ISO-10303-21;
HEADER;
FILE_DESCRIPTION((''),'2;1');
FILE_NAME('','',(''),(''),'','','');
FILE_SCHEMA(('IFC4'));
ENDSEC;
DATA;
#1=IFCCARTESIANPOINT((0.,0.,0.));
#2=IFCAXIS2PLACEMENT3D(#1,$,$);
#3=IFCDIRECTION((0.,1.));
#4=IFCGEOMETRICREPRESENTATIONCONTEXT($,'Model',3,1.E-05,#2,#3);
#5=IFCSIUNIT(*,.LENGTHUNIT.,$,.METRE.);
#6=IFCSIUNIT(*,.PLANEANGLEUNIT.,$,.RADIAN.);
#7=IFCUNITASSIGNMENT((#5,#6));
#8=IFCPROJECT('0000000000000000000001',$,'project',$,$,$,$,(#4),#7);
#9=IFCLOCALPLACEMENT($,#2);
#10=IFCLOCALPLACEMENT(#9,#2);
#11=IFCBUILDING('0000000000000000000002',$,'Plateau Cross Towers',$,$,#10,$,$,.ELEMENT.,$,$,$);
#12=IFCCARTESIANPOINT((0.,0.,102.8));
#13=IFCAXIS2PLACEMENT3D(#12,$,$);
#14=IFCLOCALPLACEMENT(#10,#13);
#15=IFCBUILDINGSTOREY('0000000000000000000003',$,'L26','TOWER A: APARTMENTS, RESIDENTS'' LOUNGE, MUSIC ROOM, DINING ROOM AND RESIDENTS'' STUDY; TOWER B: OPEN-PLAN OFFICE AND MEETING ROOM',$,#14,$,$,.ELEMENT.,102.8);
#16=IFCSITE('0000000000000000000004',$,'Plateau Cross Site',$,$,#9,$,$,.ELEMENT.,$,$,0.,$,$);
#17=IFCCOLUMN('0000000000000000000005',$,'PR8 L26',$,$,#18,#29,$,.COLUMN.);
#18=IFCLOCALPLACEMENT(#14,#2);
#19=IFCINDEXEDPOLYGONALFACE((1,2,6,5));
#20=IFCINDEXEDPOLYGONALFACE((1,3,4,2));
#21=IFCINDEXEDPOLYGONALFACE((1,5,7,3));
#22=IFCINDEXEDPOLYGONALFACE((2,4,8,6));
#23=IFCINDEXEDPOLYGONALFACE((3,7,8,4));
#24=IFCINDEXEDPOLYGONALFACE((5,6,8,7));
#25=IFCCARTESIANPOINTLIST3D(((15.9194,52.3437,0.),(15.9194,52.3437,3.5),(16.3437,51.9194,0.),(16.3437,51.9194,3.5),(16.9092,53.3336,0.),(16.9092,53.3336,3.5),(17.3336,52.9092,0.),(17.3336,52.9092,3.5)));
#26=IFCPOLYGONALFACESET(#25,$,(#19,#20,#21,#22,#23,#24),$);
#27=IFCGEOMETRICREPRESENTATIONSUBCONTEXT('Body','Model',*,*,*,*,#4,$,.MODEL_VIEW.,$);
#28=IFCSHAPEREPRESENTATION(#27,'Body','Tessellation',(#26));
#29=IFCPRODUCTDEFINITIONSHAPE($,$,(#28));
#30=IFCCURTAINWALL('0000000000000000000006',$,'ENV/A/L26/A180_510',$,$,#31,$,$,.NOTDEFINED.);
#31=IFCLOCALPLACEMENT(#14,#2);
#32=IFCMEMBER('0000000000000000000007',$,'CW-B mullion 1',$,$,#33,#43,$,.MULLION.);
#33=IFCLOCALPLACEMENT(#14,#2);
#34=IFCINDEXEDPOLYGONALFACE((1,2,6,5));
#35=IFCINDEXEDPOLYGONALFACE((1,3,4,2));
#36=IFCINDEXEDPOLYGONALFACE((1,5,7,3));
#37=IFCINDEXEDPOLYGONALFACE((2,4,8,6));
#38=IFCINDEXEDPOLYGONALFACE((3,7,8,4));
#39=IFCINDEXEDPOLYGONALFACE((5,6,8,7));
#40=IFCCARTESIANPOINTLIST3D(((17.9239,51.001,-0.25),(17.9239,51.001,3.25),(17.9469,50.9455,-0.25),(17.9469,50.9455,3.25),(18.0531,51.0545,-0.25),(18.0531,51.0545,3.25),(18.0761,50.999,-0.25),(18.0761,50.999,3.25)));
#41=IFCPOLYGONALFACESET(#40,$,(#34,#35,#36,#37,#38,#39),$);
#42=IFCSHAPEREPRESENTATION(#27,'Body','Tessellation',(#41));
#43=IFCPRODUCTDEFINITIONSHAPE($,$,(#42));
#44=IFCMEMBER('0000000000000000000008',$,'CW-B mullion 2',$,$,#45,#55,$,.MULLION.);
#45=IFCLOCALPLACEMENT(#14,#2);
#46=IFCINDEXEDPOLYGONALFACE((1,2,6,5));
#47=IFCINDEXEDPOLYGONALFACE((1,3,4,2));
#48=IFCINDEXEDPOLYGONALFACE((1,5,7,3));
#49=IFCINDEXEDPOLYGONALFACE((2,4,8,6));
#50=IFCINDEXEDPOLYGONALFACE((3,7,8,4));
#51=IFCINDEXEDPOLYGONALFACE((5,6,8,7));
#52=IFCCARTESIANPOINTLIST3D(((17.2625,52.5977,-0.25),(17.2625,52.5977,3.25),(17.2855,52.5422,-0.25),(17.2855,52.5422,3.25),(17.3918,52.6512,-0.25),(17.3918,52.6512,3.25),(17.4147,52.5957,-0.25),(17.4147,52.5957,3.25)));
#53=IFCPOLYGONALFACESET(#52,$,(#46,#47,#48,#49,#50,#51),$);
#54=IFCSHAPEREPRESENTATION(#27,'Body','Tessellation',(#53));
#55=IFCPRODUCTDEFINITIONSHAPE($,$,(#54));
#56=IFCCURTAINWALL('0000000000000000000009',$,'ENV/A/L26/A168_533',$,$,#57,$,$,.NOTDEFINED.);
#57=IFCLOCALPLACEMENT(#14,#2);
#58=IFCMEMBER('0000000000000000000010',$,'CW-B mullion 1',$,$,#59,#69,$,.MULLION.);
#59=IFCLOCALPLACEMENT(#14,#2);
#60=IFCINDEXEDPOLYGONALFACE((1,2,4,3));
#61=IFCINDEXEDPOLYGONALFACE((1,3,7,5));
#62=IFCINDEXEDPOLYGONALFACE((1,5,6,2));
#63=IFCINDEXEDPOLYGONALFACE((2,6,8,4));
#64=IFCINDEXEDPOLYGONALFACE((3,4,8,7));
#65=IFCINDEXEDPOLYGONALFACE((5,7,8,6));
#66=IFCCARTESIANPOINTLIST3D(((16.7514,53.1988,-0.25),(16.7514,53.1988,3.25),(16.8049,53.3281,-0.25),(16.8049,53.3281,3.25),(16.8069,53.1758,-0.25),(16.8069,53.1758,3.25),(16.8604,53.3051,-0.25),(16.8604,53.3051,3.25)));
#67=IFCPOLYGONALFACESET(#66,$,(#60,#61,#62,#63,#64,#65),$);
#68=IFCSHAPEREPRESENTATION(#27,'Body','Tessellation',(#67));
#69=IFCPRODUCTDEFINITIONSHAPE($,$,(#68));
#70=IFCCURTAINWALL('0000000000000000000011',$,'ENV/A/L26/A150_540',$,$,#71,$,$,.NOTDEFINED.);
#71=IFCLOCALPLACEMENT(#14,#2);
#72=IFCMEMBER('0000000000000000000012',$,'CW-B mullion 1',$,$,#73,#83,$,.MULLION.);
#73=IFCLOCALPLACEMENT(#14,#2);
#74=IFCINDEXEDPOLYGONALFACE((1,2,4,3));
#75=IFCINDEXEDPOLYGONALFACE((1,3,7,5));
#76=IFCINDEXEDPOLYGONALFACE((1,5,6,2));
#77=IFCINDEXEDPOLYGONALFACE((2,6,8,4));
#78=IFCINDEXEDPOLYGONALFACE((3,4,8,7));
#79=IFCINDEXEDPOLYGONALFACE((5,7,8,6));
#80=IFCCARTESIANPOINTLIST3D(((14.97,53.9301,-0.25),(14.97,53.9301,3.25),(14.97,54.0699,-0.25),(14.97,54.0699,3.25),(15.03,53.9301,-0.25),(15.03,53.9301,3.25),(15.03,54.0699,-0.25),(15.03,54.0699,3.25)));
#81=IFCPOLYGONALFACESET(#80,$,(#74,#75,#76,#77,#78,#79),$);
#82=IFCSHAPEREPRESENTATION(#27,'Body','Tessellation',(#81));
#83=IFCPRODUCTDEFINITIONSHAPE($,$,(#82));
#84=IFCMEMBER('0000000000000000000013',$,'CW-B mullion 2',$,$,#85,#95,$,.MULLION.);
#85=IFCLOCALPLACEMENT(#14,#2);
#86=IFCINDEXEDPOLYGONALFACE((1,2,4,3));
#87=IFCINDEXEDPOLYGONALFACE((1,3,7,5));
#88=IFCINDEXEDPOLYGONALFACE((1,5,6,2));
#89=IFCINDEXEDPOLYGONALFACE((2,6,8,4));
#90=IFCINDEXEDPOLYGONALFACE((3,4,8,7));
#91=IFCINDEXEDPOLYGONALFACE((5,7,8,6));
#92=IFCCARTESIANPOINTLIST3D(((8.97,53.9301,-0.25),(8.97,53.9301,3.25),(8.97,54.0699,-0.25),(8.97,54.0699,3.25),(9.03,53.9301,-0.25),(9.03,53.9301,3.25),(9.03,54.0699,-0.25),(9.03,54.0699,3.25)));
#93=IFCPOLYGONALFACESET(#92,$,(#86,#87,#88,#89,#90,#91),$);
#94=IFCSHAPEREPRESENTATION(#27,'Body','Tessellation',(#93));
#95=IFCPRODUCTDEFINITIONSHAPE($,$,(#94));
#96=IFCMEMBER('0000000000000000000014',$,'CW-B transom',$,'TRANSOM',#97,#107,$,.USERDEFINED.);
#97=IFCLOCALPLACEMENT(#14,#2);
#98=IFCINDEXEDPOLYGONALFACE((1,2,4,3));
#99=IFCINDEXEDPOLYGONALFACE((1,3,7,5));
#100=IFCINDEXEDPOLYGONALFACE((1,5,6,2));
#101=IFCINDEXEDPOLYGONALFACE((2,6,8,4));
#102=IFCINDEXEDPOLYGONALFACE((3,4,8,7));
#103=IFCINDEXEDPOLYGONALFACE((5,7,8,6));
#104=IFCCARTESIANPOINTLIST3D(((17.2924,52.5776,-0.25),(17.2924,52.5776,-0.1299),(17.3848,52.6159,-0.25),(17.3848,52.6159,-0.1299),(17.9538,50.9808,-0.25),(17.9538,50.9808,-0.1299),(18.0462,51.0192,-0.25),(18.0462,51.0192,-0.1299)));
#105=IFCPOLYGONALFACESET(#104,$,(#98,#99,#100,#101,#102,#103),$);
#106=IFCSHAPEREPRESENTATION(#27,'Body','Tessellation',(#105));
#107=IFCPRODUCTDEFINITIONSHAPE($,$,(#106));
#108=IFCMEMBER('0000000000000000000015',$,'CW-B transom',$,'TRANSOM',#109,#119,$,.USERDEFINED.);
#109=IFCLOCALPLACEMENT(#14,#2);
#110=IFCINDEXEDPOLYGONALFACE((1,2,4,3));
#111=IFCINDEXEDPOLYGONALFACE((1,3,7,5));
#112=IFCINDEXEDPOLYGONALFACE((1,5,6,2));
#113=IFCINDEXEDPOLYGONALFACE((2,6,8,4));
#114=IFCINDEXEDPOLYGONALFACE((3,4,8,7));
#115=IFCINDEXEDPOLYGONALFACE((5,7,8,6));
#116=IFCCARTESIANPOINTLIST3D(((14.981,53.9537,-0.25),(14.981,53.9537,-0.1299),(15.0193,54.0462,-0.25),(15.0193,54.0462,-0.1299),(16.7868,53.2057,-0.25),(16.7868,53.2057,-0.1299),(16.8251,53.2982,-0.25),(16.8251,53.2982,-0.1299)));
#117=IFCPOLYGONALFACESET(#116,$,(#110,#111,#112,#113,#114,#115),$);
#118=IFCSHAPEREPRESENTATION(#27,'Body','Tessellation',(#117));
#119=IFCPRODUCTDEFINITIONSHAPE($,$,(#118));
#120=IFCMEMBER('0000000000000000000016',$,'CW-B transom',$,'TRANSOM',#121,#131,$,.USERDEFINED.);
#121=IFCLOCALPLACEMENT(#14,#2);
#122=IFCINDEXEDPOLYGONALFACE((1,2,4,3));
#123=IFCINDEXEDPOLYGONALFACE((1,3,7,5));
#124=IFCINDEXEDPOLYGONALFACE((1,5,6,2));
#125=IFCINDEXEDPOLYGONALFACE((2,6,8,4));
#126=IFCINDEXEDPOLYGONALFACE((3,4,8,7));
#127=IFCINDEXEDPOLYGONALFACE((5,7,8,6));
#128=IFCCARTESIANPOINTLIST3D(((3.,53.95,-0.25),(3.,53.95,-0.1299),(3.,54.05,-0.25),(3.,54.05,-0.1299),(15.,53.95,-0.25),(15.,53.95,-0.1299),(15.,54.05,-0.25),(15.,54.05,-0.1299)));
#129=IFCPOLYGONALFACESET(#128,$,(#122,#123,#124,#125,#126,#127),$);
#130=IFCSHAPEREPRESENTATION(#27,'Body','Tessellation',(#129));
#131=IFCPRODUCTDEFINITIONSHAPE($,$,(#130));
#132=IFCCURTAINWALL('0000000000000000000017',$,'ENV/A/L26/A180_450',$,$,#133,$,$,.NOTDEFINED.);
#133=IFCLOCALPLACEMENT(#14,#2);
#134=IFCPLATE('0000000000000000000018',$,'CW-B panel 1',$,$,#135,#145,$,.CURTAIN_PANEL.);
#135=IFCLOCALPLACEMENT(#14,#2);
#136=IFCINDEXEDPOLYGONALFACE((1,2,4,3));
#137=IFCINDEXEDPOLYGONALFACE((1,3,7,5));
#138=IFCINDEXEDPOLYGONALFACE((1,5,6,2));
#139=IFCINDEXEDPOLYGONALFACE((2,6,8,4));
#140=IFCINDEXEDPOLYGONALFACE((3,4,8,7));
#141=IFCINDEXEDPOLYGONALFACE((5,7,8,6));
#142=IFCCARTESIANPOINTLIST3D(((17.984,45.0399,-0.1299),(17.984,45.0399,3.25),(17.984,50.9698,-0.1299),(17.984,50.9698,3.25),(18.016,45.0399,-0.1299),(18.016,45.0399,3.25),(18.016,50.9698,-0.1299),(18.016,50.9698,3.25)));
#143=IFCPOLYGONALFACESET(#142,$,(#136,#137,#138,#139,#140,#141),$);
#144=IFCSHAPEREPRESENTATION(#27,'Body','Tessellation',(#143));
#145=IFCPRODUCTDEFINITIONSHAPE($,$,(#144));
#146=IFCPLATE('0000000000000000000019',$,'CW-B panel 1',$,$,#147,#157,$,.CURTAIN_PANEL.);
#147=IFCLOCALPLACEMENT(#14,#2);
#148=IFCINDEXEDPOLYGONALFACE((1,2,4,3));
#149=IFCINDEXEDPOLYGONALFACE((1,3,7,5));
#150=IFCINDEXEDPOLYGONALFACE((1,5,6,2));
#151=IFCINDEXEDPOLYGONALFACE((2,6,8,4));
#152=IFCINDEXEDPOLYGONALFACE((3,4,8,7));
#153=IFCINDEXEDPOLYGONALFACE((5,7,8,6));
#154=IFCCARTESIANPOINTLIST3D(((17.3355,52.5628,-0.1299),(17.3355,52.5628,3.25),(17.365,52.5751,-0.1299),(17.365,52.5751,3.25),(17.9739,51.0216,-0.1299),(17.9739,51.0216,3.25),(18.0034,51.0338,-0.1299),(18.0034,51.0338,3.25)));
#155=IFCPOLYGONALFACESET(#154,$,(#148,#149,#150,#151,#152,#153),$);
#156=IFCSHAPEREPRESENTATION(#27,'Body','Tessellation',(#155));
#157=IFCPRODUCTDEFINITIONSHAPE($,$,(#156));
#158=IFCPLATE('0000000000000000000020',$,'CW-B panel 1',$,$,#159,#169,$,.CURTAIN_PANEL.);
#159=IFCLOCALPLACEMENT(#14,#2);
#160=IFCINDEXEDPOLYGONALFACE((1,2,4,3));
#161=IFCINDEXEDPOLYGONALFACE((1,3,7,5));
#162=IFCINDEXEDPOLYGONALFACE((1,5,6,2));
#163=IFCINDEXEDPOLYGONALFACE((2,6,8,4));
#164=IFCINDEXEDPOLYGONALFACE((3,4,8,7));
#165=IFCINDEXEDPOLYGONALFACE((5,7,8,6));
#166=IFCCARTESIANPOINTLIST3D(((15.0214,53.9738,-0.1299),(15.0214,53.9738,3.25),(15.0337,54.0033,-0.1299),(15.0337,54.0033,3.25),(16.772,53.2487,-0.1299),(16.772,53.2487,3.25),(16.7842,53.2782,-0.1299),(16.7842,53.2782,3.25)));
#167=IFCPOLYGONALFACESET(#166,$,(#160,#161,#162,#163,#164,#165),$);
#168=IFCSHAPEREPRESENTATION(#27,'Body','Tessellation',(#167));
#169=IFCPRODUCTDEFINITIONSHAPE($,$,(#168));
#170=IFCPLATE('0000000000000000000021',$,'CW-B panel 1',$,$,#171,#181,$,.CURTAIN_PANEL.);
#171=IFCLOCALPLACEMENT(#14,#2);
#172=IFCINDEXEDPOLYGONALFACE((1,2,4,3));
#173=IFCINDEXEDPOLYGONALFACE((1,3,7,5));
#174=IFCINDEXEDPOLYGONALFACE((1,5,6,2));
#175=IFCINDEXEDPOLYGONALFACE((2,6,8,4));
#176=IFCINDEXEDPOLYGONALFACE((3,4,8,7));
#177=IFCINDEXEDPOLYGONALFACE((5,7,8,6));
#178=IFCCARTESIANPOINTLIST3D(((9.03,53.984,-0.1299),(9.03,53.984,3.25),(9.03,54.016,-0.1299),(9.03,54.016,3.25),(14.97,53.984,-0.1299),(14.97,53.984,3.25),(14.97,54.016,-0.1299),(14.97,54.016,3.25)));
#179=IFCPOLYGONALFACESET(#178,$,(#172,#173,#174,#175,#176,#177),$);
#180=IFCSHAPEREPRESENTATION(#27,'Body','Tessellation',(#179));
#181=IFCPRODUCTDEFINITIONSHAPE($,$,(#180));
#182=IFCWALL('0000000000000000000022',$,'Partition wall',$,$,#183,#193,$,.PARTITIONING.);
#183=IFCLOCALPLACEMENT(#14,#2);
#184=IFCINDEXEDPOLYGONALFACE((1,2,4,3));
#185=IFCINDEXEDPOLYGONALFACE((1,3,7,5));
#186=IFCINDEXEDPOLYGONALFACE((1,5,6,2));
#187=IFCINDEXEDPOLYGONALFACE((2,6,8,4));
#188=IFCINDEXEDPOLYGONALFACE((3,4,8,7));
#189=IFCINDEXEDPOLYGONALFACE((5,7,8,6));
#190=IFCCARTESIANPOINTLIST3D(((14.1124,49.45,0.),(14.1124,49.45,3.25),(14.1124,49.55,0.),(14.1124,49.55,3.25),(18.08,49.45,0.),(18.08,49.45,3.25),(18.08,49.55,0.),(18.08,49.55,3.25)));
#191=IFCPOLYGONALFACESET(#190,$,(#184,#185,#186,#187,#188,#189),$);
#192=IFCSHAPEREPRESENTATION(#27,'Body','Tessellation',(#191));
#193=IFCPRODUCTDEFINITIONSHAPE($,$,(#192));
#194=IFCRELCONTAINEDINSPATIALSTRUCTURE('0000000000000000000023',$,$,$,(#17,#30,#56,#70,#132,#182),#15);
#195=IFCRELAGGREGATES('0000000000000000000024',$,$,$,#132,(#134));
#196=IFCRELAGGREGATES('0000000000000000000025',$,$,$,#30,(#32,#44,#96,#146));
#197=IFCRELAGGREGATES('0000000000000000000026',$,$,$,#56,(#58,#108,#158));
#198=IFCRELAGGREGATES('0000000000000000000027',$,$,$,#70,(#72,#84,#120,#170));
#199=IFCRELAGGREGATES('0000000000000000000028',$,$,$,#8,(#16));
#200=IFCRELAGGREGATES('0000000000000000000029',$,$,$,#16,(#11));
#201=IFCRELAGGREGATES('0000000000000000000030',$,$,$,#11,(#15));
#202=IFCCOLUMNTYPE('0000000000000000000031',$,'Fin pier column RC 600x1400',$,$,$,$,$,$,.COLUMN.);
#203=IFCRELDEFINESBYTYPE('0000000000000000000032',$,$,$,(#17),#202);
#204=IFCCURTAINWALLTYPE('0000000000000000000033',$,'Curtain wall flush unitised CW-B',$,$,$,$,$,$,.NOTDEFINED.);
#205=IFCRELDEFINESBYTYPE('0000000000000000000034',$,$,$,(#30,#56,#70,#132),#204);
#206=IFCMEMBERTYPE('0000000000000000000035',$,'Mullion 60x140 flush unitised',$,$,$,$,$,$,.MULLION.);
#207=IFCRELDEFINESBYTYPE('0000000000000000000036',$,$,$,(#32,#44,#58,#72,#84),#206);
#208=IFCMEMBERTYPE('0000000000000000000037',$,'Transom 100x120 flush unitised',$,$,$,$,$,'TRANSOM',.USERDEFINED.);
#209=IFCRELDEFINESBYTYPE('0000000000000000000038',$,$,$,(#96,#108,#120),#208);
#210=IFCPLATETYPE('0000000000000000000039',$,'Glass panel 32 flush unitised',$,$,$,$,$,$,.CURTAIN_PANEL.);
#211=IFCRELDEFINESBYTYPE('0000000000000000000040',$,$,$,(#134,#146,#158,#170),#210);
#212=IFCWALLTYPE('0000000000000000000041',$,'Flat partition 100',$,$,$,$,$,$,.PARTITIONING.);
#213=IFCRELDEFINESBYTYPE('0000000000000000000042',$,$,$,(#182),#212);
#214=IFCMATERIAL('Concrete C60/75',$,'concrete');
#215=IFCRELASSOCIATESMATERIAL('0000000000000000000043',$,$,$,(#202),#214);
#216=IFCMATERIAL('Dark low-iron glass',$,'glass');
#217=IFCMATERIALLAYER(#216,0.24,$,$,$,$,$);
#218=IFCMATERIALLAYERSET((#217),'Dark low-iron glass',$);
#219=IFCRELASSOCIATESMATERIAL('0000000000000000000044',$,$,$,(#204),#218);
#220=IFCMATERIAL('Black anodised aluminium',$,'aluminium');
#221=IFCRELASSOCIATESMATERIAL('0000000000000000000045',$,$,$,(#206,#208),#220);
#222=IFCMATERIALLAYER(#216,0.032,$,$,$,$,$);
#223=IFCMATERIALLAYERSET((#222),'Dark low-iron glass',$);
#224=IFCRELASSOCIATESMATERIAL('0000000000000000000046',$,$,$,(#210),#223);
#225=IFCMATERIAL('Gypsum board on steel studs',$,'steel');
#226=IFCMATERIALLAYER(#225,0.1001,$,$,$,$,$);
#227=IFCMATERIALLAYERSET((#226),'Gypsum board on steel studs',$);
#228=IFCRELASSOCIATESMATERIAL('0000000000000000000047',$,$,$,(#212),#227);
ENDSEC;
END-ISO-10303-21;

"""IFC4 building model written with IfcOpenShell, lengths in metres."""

from ifc_helpers import new_model, si_unit, direction, frame, frame_2d, origin, origin_2d, place, context, subcontext, project, spatial, rectangle, extrude, material, layer, layer_set, material_profile, profile_set, type_object, element, aggregate, save


model = new_model("IFC4")

# Units and contexts
model_context = context("Model", 3, precision=1e-05, world=origin(), true_north=direction((0.0, 1.0)))
body_context = subcontext(model_context, "Body", "Model", "MODEL_VIEW")
ifc_project = project(units=[si_unit("LENGTHUNIT", "METRE"), si_unit("PLANEANGLEUNIT", "RADIAN")], contexts=[model_context])

# Site, building, storey
site_placement = place(None, origin())
site = spatial("IfcSite", under=ifc_project, at=site_placement, Name="Plateau Cross Site", CompositionType="ELEMENT", RefElevation=0.0)
building_placement = place(site_placement, origin())
building = spatial("IfcBuilding", under=site, at=building_placement, Name="Plateau Cross Towers", CompositionType="ELEMENT")
storey_placement = place(building_placement, frame((0.0, 0.0, 102.8)))
storey = spatial("IfcBuildingStorey", under=building, at=storey_placement, Name="L26", Description="TOWER A: APARTMENTS, RESIDENTS' LOUNGE, MUSIC ROOM, DINING ROOM AND RESIDENTS' STUDY; TOWER B: OPEN-PLAN OFFICE AND MEETING ROOM", CompositionType="ELEMENT", Elevation=102.8)

# Column
ifc_material_1 = material(Name="Concrete C60/75", Category="concrete")
ifc_material_profile_1 = material_profile(ifc_material_1, rectangle(XDim=0.6001, YDim=1.3999, at=origin_2d()), Name="RC 600x1400")
ifc_profile_set_1 = profile_set([ifc_material_profile_1], Name="Concrete C60/75")
column_type = type_object("IfcColumnType", Name="Fin pier column RC 600x1400", PredefinedType="COLUMN", material=ifc_profile_set_1)
column_placement = place(storey_placement, frame((16.6265, 52.6265, 0.0), z_axis=(0.0, 0.0, 1.0), x_axis=(-0.707107, 0.707107, 0.0)))
element("IfcColumn", 1, at=column_placement, inside=storey, type_object=column_type, Name="PR8 L26", PredefinedType="COLUMN", context=body_context, shape_type="SweptSolid", body=[
    extrude(rectangle(XDim=0.6001, YDim=1.3999, at=origin_2d()), origin(), (0.0, 0.0, 1.0), 3.5),
])

# Curtain wall, members
ifc_material_2 = material(Name="Dark low-iron glass", Category="glass")
ifc_layer_1 = layer(ifc_material_2, 0.24)
ifc_layer_set_1 = layer_set([ifc_layer_1], Name="Dark low-iron glass")
curtain_wall_type = type_object("IfcCurtainWallType", Name="Curtain wall flush unitised CW-B", PredefinedType="NOTDEFINED", material=ifc_layer_set_1)
curtain_wall_1_placement = place(storey_placement, origin())
curtain_wall_1 = element("IfcCurtainWall", 2, at=curtain_wall_1_placement, inside=storey, type_object=curtain_wall_type, Name="ENV/A/L26/A180_510", PredefinedType="NOTDEFINED")
ifc_material_3 = material(Name="Black anodised aluminium", Category="aluminium")
ifc_material_profile_2 = material_profile(ifc_material_3, rectangle(XDim=0.0601, YDim=0.1399, at=origin_2d()), Name="MULLION 60x140")
ifc_profile_set_2 = profile_set([ifc_material_profile_2], Name="Black anodised aluminium")
member_type_1 = type_object("IfcMemberType", Name="Mullion 60x140 flush unitised", PredefinedType="MULLION", material=ifc_profile_set_2)
member_1_placement = place(storey_placement, frame((18.0, 51.0, -0.25), z_axis=(0.0, 0.0, 1.0), x_axis=(-0.382684, 0.923879, 0.0)))
member_1 = element("IfcMember", 3, at=member_1_placement, type_object=member_type_1, Name="CW-B mullion 1", PredefinedType="MULLION", context=body_context, shape_type="SweptSolid", body=[
    extrude(rectangle(XDim=0.0601, YDim=0.1399, at=origin_2d()), origin(), (0.0, 0.0, 1.0), 3.5),
])
member_2_placement = place(storey_placement, frame((17.3386, 52.5967, -0.25), z_axis=(0.0, 0.0, 1.0), x_axis=(-0.382684, 0.923879, 0.0)))
member_2 = element("IfcMember", 4, at=member_2_placement, type_object=member_type_1, Name="CW-B mullion 2", PredefinedType="MULLION", context=body_context, shape_type="SweptSolid", body=[
    extrude(rectangle(XDim=0.0601, YDim=0.1399, at=origin_2d()), origin(), (0.0, 0.0, 1.0), 3.5),
])

# Curtain wall, member
curtain_wall_2_placement = place(storey_placement, origin())
curtain_wall_2 = element("IfcCurtainWall", 5, at=curtain_wall_2_placement, inside=storey, type_object=curtain_wall_type, Name="ENV/A/L26/A168_533", PredefinedType="NOTDEFINED")
member_3_placement = place(storey_placement, frame((16.8059, 53.252, -0.25), z_axis=(0.0, 0.0, 1.0), x_axis=(-0.923879, 0.382684, 0.0)))
member_3 = element("IfcMember", 6, at=member_3_placement, type_object=member_type_1, Name="CW-B mullion 1", PredefinedType="MULLION", context=body_context, shape_type="SweptSolid", body=[
    extrude(rectangle(XDim=0.0601, YDim=0.1399, at=origin_2d()), origin(), (0.0, 0.0, 1.0), 3.5),
])

# Curtain wall, members
curtain_wall_3_placement = place(storey_placement, origin())
curtain_wall_3 = element("IfcCurtainWall", 7, at=curtain_wall_3_placement, inside=storey, type_object=curtain_wall_type, Name="ENV/A/L26/A150_540", PredefinedType="NOTDEFINED")
member_4_placement = place(storey_placement, frame((15.0, 54.0, -0.25), z_axis=(0.0, 0.0, 1.0), x_axis=(-1.0, 0.0, 0.0)))
member_4 = element("IfcMember", 8, at=member_4_placement, type_object=member_type_1, Name="CW-B mullion 1", PredefinedType="MULLION", context=body_context, shape_type="SweptSolid", body=[
    extrude(rectangle(XDim=0.0601, YDim=0.1399, at=origin_2d()), origin(), (0.0, 0.0, 1.0), 3.5),
])
member_5_placement = place(storey_placement, frame((9.0, 54.0, -0.25), z_axis=(0.0, 0.0, 1.0), x_axis=(-1.0, 0.0, 0.0)))
member_5 = element("IfcMember", 9, at=member_5_placement, type_object=member_type_1, Name="CW-B mullion 2", PredefinedType="MULLION", context=body_context, shape_type="SweptSolid", body=[
    extrude(rectangle(XDim=0.0601, YDim=0.1399, at=origin_2d()), origin(), (0.0, 0.0, 1.0), 3.5),
])

# Members
ifc_material_profile_3 = material_profile(ifc_material_3, rectangle(XDim=0.1001, YDim=0.1201, at=origin_2d()), Name="TRANSOM 100x120")
ifc_profile_set_3 = profile_set([ifc_material_profile_3], Name="Black anodised aluminium")
member_type_2 = type_object("IfcMemberType", Name="Transom 100x120 flush unitised", ElementType="TRANSOM", PredefinedType="USERDEFINED", material=ifc_profile_set_3)
member_6_placement = place(storey_placement, frame((18.0, 51.0, -0.1899), z_axis=(-0.382689, 0.923877, 0.0), x_axis=(-0.923877, -0.382689, 0.0)))
member_6 = element("IfcMember", 10, at=member_6_placement, type_object=member_type_2, Name="CW-B transom", ObjectType="TRANSOM", PredefinedType="USERDEFINED", context=body_context, shape_type="SweptSolid", body=[
    extrude(rectangle(XDim=0.1001, YDim=0.1201, at=origin_2d()), origin(), (0.0, 0.0, 1.0), 1.7283),
])
member_7_placement = place(storey_placement, frame((16.8059, 53.252, -0.1899), z_axis=(-0.923877, 0.38269, 0.0), x_axis=(-0.38269, -0.923877, 0.0)))
member_7 = element("IfcMember", 11, at=member_7_placement, type_object=member_type_2, Name="CW-B transom", ObjectType="TRANSOM", PredefinedType="USERDEFINED", context=body_context, shape_type="SweptSolid", body=[
    extrude(rectangle(XDim=0.1001, YDim=0.1201, at=origin_2d()), origin(), (0.0, 0.0, 1.0), 1.9546),
])
member_8_placement = place(storey_placement, frame((15.0, 54.0, -0.1899), z_axis=(-1.0, 0.0, 0.0), x_axis=(0.0, -1.0, 0.0)))
member_8 = element("IfcMember", 12, at=member_8_placement, type_object=member_type_2, Name="CW-B transom", ObjectType="TRANSOM", PredefinedType="USERDEFINED", context=body_context, shape_type="SweptSolid", body=[
    extrude(rectangle(XDim=0.1001, YDim=0.1201, at=origin_2d()), origin(), (0.0, 0.0, 1.0), 12.0),
])

# Curtain wall, plate
curtain_wall_4_placement = place(storey_placement, origin())
curtain_wall_4 = element("IfcCurtainWall", 13, at=curtain_wall_4_placement, inside=storey, type_object=curtain_wall_type, Name="ENV/A/L26/A180_450", PredefinedType="NOTDEFINED")
ifc_layer_2 = layer(ifc_material_2, 0.032)
ifc_layer_set_2 = layer_set([ifc_layer_2], Name="Dark low-iron glass")
plate_type = type_object("IfcPlateType", Name="Glass panel 32 flush unitised", PredefinedType="CURTAIN_PANEL", material=ifc_layer_set_2)
plate_1_placement = place(storey_placement, frame((18.0, 48.0049, -0.1299), z_axis=(0.0, 0.0, 1.0), x_axis=(0.0, 1.0, 0.0)))
plate_1 = element("IfcPlate", 14, at=plate_1_placement, type_object=plate_type, Name="CW-B panel 1", PredefinedType="CURTAIN_PANEL", context=body_context, shape_type="SweptSolid", body=[
    extrude(rectangle(XDim=5.9299, YDim=0.032, at=origin_2d()), origin(), (0.0, 0.0, 1.0), 3.3799),
])
aggregate(curtain_wall_4, [plate_1])

# Plates
plate_2_placement = place(storey_placement, frame((17.6694, 51.7983, -0.1299), z_axis=(0.0, 0.0, 1.0), x_axis=(-0.382684, 0.923879, 0.0)))
plate_2 = element("IfcPlate", 15, at=plate_2_placement, type_object=plate_type, Name="CW-B panel 1", PredefinedType="CURTAIN_PANEL", context=body_context, shape_type="SweptSolid", body=[
    extrude(rectangle(XDim=1.6682, YDim=0.032, at=origin_2d()), origin(), (0.0, 0.0, 1.0), 3.3799),
])
aggregate(curtain_wall_1, [member_1, member_2, member_6, plate_2])
plate_3_placement = place(storey_placement, frame((15.9028, 53.626, -0.1299), z_axis=(0.0, 0.0, 1.0), x_axis=(-0.923879, 0.382684, 0.0)))
plate_3 = element("IfcPlate", 16, at=plate_3_placement, type_object=plate_type, Name="CW-B panel 1", PredefinedType="CURTAIN_PANEL", context=body_context, shape_type="SweptSolid", body=[
    extrude(rectangle(XDim=1.8948, YDim=0.032, at=origin_2d()), origin(), (0.0, 0.0, 1.0), 3.3799),
])
aggregate(curtain_wall_2, [member_3, member_7, plate_3])
plate_4_placement = place(storey_placement, frame((12.0, 54.0, -0.1299), z_axis=(0.0, 0.0, 1.0), x_axis=(-1.0, 0.0, 0.0)))
plate_4 = element("IfcPlate", 17, at=plate_4_placement, type_object=plate_type, Name="CW-B panel 1", PredefinedType="CURTAIN_PANEL", context=body_context, shape_type="SweptSolid", body=[
    extrude(rectangle(XDim=5.9399, YDim=0.032, at=origin_2d()), origin(), (0.0, 0.0, 1.0), 3.3799),
])
aggregate(curtain_wall_3, [member_4, member_5, member_8, plate_4])

# Wall
ifc_material_4 = material(Name="Gypsum board on steel studs", Category="steel")
ifc_layer_3 = layer(ifc_material_4, 0.1001)
ifc_layer_set_3 = layer_set([ifc_layer_3], Name="Gypsum board on steel studs")
wall_type = type_object("IfcWallType", Name="Flat partition 100", PredefinedType="PARTITIONING", material=ifc_layer_set_3)
wall_1_placement = place(storey_placement, frame((18.0801, 49.5, 0.0), z_axis=(0.0, 0.0, 1.0), x_axis=(-1.0, 0.0, 0.0)))
element("IfcWall", 18, at=wall_1_placement, inside=storey, type_object=wall_type, Name="Partition wall", PredefinedType="PARTITIONING", context=body_context, shape_type="SweptSolid", body=[
    extrude(rectangle(XDim=3.9675, YDim=0.1001, at=frame_2d((1.9839, 0.0))), origin(), (0.0, 0.0, 1.0), 3.25),
])

save(model, "model.ifc")
